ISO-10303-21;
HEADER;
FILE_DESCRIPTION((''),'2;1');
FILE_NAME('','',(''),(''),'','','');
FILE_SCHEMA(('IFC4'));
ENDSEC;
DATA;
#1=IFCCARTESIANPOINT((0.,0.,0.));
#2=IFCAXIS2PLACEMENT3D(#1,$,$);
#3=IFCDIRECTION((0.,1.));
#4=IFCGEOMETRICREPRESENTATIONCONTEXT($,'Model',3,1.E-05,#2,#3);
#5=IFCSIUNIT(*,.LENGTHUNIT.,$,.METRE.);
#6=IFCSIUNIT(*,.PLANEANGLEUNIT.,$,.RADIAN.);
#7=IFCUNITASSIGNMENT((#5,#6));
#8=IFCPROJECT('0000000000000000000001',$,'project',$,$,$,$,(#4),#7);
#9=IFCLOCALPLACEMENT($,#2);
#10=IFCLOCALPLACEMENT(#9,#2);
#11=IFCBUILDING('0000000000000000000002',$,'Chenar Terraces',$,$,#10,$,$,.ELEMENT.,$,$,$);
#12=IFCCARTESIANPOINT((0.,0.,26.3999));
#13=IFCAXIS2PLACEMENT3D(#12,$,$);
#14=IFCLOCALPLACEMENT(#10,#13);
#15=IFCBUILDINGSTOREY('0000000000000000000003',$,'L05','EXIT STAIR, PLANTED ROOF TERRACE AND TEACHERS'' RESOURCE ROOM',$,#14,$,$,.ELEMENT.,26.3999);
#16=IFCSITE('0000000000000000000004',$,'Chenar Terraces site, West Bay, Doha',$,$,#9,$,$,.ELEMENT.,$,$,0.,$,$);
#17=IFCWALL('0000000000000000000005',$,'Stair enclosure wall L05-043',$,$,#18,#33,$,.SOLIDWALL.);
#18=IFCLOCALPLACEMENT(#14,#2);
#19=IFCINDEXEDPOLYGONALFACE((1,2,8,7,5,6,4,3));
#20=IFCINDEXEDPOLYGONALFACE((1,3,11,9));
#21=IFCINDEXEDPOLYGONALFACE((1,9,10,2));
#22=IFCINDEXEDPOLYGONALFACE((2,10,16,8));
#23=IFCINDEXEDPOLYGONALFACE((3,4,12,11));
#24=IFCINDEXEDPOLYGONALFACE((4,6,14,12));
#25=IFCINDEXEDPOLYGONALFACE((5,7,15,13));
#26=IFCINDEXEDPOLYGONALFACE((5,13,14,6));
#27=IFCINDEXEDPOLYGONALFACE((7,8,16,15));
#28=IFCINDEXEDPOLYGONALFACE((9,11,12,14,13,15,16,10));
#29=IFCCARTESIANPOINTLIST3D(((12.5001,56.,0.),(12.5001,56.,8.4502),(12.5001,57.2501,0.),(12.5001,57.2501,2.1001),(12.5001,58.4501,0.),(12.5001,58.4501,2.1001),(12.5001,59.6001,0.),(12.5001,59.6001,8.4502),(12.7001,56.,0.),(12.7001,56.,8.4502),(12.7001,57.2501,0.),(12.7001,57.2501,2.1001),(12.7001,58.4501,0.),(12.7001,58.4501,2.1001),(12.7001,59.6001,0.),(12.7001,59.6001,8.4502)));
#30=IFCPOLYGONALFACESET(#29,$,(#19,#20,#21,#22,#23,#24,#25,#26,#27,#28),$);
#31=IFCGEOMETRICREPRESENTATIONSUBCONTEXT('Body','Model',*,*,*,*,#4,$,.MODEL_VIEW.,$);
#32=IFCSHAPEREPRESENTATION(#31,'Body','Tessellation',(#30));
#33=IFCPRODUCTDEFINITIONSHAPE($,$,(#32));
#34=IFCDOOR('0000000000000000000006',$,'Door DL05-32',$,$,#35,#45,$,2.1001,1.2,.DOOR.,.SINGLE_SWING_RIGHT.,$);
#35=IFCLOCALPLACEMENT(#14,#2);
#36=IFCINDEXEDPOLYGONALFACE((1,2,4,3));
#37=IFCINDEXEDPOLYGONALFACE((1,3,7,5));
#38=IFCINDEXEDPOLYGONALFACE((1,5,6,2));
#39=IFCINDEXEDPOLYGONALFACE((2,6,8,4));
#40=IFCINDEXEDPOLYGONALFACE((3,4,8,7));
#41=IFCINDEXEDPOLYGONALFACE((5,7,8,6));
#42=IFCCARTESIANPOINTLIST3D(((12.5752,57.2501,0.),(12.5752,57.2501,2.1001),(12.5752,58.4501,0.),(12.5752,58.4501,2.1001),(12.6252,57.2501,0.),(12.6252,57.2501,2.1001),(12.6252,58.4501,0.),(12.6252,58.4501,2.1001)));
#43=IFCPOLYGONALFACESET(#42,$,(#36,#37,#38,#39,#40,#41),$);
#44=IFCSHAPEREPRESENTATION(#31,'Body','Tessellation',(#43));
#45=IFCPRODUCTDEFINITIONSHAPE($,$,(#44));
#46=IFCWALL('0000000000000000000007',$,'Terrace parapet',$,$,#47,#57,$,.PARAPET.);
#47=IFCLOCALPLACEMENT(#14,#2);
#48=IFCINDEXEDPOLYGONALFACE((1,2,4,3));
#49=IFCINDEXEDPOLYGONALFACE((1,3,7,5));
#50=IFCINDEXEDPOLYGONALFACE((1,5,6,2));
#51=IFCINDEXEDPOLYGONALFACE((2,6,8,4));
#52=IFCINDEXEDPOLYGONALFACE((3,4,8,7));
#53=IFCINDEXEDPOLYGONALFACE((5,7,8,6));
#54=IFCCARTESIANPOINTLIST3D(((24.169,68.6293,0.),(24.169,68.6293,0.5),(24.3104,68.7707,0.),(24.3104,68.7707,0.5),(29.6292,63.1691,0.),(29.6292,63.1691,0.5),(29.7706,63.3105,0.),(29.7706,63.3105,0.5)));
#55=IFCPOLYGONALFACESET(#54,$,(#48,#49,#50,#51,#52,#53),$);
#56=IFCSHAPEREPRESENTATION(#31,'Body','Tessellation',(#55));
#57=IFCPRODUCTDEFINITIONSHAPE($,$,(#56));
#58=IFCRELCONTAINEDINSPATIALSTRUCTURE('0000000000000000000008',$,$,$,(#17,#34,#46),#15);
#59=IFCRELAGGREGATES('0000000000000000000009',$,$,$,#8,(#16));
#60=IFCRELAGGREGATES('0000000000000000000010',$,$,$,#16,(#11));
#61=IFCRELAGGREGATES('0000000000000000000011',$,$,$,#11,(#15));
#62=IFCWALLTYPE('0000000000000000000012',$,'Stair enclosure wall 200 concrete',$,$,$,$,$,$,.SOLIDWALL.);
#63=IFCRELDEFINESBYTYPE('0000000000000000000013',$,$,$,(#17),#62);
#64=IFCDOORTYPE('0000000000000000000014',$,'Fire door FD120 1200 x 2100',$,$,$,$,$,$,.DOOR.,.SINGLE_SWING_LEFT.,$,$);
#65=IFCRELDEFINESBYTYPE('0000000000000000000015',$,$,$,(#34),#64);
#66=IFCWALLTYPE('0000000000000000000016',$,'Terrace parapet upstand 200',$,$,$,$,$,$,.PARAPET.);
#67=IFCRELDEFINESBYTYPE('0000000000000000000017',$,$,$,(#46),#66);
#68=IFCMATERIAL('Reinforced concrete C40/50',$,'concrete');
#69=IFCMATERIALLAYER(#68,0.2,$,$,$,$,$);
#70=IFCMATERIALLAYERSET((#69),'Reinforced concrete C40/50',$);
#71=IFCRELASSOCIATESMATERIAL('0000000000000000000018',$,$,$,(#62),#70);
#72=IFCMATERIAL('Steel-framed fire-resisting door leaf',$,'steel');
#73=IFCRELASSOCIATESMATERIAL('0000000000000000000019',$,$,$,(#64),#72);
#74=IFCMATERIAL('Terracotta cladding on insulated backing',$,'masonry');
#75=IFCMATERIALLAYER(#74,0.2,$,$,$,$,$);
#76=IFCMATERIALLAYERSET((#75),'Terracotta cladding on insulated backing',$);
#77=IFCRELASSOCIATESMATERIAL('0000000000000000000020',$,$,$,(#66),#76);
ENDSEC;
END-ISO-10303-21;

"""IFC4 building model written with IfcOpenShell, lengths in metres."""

from ifc_helpers import new_model, si_unit, direction, frame, frame_2d, origin, place, context, subcontext, project, spatial, rectangle, extrude, material, layer, layer_set, type_object, element, fill, save


model = new_model("IFC4")

# Units and contexts
model_context = context("Model", 3, precision=1e-05, world=origin(), true_north=direction((0.0, 1.0)))
body_context = subcontext(model_context, "Body", "Model", "MODEL_VIEW")
ifc_project = project(units=[si_unit("LENGTHUNIT", "METRE"), si_unit("PLANEANGLEUNIT", "RADIAN")], contexts=[model_context])

# Site, building, storey
site_placement = place(None, origin())
site = spatial("IfcSite", under=ifc_project, at=site_placement, Name="Chenar Terraces site, West Bay, Doha", CompositionType="ELEMENT", RefElevation=0.0)
building_placement = place(site_placement, origin())
building = spatial("IfcBuilding", under=site, at=building_placement, Name="Chenar Terraces", CompositionType="ELEMENT")
storey_placement = place(building_placement, frame((0.0, 0.0, 26.3999)))
storey = spatial("IfcBuildingStorey", under=building, at=storey_placement, Name="L05", Description="EXIT STAIR, PLANTED ROOF TERRACE AND TEACHERS' RESOURCE ROOM", CompositionType="ELEMENT", Elevation=26.3999)

# Wall, opening, door
ifc_material_1 = material(Name="Reinforced concrete C40/50", Category="concrete")
ifc_layer_1 = layer(ifc_material_1, 0.2)
ifc_layer_set_1 = layer_set([ifc_layer_1], Name="Reinforced concrete C40/50")
wall_type_1 = type_object("IfcWallType", Name="Stair enclosure wall 200 concrete", PredefinedType="SOLIDWALL", material=ifc_layer_set_1)
wall_1_placement = place(storey_placement, frame((12.6001, 56.0, 0.0), z_axis=(0.0, 0.0, 1.0), x_axis=(0.0, 1.0, 0.0)))
wall_1 = element("IfcWall", 1, at=wall_1_placement, inside=storey, type_object=wall_type_1, Name="Stair enclosure wall L05-043", PredefinedType="SOLIDWALL", context=body_context, shape_type="SweptSolid", body=[
    extrude(rectangle(XDim=3.6001, YDim=0.2, at=frame_2d((1.8, 0.0))), origin(), (0.0, 0.0, 1.0), 8.4502),
])
opening_1_placement = place(wall_1_placement, frame((1.25, 0.0, 0.0)))
opening_1 = element("IfcOpeningElement", 2, at=opening_1_placement, cuts=wall_1, PredefinedType="OPENING", context=body_context, shape_type="SweptSolid", body=[
    extrude(rectangle(XDim=1.2, YDim=2.1001, at=frame_2d((0.6001, 1.05))), frame((0.0, 0.1099, 0.0), z_axis=(0.0, -1.0, 0.0), x_axis=(1.0, 0.0, 0.0)), (0.0, 0.0, 1.0), 0.22),
])
ifc_material_2 = material(Name="Steel-framed fire-resisting door leaf", Category="steel")
door_type_1 = type_object("IfcDoorType", Name="Fire door FD120 1200 x 2100", OperationType="SINGLE_SWING_LEFT", PredefinedType="DOOR", material=ifc_material_2)
door_1_placement = place(opening_1_placement, origin())
door_1 = element("IfcDoor", 3, at=door_1_placement, inside=storey, type_object=door_type_1, Name="Door DL05-32", OperationType="SINGLE_SWING_RIGHT", OverallHeight=2.1001, OverallWidth=1.2, PredefinedType="DOOR", context=body_context, shape_type="SweptSolid", body=[
    extrude(rectangle(XDim=1.2, YDim=2.1001, at=frame_2d((0.6001, 1.05))), frame((0.0, 0.0249, 0.0), z_axis=(0.0, -1.0, 0.0), x_axis=(1.0, 0.0, 0.0)), (0.0, 0.0, 1.0), 0.05),
])
fill(opening_1, door_1)

# Wall
ifc_material_3 = material(Name="Terracotta cladding on insulated backing", Category="masonry")
ifc_layer_2 = layer(ifc_material_3, 0.2)
ifc_layer_set_2 = layer_set([ifc_layer_2], Name="Terracotta cladding on insulated backing")
wall_type_2 = type_object("IfcWallType", Name="Terrace parapet upstand 200", PredefinedType="PARAPET", material=ifc_layer_set_2)
wall_2_placement = place(storey_placement, frame((24.2397, 68.7, 0.0), z_axis=(0.0, 0.0, 1.0), x_axis=(0.707107, -0.707107, 0.0)))
element("IfcWall", 4, at=wall_2_placement, inside=storey, type_object=wall_type_2, Name="Terrace parapet", PredefinedType="PARAPET", context=body_context, shape_type="SweptSolid", body=[
    extrude(rectangle(XDim=7.7219, YDim=0.2, at=frame_2d((3.8608, 0.0))), origin(), (0.0, 0.0, 1.0), 0.5),
])

save(model, "model.ifc")
